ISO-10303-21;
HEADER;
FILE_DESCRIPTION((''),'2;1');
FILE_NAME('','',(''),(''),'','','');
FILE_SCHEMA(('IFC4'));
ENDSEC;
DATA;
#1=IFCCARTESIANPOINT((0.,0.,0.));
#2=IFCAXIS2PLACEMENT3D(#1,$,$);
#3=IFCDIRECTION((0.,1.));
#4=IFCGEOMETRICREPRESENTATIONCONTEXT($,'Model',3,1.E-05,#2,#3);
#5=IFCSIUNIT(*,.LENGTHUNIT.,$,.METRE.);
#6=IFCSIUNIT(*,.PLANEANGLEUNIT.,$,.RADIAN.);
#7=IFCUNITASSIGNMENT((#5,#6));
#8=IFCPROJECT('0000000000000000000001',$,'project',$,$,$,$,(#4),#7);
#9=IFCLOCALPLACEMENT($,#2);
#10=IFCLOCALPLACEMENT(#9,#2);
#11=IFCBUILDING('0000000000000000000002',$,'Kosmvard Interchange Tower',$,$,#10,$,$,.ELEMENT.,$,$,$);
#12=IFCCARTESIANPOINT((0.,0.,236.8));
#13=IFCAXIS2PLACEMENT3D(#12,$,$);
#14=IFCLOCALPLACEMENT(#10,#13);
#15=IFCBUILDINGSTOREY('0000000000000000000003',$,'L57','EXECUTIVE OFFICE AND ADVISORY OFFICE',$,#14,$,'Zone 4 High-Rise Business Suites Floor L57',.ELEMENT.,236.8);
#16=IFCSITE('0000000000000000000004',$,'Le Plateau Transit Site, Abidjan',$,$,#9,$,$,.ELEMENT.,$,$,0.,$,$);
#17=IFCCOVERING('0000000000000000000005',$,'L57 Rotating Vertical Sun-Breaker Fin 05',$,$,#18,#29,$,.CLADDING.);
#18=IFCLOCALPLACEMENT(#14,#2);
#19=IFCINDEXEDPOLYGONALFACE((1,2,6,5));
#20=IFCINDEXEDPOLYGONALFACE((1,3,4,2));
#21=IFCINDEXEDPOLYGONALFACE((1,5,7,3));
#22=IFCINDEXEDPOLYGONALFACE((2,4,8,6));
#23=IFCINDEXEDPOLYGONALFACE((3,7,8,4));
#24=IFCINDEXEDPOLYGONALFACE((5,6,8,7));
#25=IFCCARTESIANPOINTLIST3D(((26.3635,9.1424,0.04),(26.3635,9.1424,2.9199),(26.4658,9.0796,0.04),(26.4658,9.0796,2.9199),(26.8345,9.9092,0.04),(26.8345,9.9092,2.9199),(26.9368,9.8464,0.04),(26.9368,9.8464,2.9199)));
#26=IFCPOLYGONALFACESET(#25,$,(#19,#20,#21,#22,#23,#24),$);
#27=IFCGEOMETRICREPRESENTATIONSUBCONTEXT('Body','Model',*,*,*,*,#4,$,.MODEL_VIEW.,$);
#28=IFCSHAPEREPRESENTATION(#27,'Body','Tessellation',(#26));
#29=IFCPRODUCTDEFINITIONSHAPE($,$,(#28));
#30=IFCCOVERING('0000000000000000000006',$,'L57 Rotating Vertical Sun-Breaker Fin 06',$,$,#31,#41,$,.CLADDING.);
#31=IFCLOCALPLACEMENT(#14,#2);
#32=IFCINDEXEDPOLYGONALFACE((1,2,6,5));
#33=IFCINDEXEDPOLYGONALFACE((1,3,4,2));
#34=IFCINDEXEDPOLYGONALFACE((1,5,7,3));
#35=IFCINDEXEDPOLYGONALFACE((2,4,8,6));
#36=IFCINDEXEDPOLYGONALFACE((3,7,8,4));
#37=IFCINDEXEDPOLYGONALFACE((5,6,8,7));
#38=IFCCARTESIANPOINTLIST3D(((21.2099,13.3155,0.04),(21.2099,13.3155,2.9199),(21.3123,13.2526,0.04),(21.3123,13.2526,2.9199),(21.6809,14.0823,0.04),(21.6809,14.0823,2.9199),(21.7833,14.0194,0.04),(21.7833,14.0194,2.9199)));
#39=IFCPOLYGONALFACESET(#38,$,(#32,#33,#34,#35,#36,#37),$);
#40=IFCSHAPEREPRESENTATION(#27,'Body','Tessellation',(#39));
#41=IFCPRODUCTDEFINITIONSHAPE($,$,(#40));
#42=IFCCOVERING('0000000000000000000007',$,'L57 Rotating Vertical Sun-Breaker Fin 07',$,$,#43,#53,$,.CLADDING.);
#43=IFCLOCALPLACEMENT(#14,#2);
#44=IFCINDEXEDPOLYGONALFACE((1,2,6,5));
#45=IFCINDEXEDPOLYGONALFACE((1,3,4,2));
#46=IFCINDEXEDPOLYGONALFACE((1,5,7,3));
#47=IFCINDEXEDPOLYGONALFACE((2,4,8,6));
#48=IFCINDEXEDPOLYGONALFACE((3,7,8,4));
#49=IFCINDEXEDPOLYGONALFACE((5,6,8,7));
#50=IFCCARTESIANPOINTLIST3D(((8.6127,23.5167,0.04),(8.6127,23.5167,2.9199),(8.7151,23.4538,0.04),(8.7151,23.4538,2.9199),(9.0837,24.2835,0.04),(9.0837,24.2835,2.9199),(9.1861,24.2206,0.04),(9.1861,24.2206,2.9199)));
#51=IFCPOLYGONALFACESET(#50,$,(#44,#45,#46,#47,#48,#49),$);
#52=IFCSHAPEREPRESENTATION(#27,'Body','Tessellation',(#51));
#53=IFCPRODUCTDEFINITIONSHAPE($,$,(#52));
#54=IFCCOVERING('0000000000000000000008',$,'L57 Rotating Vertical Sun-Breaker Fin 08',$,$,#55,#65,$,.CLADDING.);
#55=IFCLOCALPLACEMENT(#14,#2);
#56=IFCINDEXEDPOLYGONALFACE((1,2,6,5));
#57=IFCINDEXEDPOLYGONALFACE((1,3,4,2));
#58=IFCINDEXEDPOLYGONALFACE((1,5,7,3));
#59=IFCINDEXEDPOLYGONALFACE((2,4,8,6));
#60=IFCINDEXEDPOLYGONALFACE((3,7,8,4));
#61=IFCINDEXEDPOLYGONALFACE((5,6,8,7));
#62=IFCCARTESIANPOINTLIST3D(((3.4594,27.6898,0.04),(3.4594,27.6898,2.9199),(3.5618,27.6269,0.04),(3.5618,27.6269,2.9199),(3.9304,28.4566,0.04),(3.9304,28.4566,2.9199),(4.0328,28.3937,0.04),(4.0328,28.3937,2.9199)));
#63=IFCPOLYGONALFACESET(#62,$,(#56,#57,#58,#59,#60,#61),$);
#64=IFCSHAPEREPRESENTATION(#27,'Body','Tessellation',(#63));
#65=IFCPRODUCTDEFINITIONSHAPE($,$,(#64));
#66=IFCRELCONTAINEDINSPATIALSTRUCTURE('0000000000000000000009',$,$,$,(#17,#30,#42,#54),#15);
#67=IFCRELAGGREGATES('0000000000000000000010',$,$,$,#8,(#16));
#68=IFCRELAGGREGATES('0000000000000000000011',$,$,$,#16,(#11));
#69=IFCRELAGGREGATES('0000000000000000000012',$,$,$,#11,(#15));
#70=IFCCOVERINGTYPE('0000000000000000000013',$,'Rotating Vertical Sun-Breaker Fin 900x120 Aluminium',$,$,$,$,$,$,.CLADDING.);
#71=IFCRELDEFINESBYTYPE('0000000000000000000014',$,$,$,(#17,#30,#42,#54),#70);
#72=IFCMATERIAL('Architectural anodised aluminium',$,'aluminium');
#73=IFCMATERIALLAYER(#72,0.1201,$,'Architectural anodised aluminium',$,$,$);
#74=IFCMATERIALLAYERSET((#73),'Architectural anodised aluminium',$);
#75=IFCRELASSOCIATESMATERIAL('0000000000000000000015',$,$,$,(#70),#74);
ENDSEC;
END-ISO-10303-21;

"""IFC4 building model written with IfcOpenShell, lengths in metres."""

from ifc_helpers import new_model, si_unit, direction, frame, origin, origin_2d, place, context, subcontext, project, spatial, rectangle, extrude, source, transform, mapped, material, layer, layer_set, type_object, element, save


model = new_model("IFC4")

# Units and contexts
model_context = context("Model", 3, precision=1e-05, world=origin(), true_north=direction((0.0, 1.0)))
body_context = subcontext(model_context, "Body", "Model", "MODEL_VIEW")
ifc_project = project(units=[si_unit("LENGTHUNIT", "METRE"), si_unit("PLANEANGLEUNIT", "RADIAN")], contexts=[model_context])

# Site, building, storey
site_placement = place(None, origin())
site = spatial("IfcSite", under=ifc_project, at=site_placement, Name="Le Plateau Transit Site, Abidjan", CompositionType="ELEMENT", RefElevation=0.0)
building_placement = place(site_placement, origin())
building = spatial("IfcBuilding", under=site, at=building_placement, Name="Kosmvard Interchange Tower", CompositionType="ELEMENT")
storey_placement = place(building_placement, frame((0.0, 0.0, 236.8)))
storey = spatial("IfcBuildingStorey", under=building, at=storey_placement, Name="L57", Description="EXECUTIVE OFFICE AND ADVISORY OFFICE", LongName="Zone 4 High-Rise Business Suites Floor L57", CompositionType="ELEMENT", Elevation=236.8)

# Coverings
ifc_material_1 = material(Name="Architectural anodised aluminium", Category="aluminium")
ifc_layer_1 = layer(ifc_material_1, 0.1201, Name="Architectural anodised aluminium")
ifc_layer_set_1 = layer_set([ifc_layer_1], Name="Architectural anodised aluminium")
covering_type = type_object("IfcCoveringType", Name="Rotating Vertical Sun-Breaker Fin 900x120 Aluminium", PredefinedType="CLADDING", material=ifc_layer_set_1)
shared_shape_1 = source(origin(), body_context, "Body", "SweptSolid", [
    extrude(rectangle(XDim=0.8999, YDim=0.1201, at=origin_2d()), origin(), (0.0, 0.0, 1.0), 2.8799),
])
for number, where, z_axis, x_axis, name in (
    (1, (26.6501, 9.4944, 0.04), (0.0, 0.0, 1.0), (0.523391, 0.852093, 0.0), "L57 Rotating Vertical Sun-Breaker Fin 05"),
    (2, (21.4966, 13.6675, 0.04), (0.0, 0.0, 1.0), (0.523391, 0.852093, 0.0), "L57 Rotating Vertical Sun-Breaker Fin 06"),
    (3, (8.8994, 23.8687, 0.04), (0.0, 0.0, 1.0), (0.523391, 0.852093, 0.0), "L57 Rotating Vertical Sun-Breaker Fin 07"),
    (4, (3.7461, 28.0417, 0.04), (0.0, 0.0, 1.0), (0.523391, 0.852093, 0.0), "L57 Rotating Vertical Sun-Breaker Fin 08"),
):
    element("IfcCovering", number, at=place(storey_placement, frame(where, z_axis=z_axis, x_axis=x_axis)), inside=storey, type_object=covering_type, Name=name, PredefinedType="CLADDING", context=body_context, shape_type="MappedRepresentation", body=[
        mapped(shared_shape_1, transform((0.0, 0.0, 0.0), scale=1.0)),
    ])

save(model, "model.ifc")
